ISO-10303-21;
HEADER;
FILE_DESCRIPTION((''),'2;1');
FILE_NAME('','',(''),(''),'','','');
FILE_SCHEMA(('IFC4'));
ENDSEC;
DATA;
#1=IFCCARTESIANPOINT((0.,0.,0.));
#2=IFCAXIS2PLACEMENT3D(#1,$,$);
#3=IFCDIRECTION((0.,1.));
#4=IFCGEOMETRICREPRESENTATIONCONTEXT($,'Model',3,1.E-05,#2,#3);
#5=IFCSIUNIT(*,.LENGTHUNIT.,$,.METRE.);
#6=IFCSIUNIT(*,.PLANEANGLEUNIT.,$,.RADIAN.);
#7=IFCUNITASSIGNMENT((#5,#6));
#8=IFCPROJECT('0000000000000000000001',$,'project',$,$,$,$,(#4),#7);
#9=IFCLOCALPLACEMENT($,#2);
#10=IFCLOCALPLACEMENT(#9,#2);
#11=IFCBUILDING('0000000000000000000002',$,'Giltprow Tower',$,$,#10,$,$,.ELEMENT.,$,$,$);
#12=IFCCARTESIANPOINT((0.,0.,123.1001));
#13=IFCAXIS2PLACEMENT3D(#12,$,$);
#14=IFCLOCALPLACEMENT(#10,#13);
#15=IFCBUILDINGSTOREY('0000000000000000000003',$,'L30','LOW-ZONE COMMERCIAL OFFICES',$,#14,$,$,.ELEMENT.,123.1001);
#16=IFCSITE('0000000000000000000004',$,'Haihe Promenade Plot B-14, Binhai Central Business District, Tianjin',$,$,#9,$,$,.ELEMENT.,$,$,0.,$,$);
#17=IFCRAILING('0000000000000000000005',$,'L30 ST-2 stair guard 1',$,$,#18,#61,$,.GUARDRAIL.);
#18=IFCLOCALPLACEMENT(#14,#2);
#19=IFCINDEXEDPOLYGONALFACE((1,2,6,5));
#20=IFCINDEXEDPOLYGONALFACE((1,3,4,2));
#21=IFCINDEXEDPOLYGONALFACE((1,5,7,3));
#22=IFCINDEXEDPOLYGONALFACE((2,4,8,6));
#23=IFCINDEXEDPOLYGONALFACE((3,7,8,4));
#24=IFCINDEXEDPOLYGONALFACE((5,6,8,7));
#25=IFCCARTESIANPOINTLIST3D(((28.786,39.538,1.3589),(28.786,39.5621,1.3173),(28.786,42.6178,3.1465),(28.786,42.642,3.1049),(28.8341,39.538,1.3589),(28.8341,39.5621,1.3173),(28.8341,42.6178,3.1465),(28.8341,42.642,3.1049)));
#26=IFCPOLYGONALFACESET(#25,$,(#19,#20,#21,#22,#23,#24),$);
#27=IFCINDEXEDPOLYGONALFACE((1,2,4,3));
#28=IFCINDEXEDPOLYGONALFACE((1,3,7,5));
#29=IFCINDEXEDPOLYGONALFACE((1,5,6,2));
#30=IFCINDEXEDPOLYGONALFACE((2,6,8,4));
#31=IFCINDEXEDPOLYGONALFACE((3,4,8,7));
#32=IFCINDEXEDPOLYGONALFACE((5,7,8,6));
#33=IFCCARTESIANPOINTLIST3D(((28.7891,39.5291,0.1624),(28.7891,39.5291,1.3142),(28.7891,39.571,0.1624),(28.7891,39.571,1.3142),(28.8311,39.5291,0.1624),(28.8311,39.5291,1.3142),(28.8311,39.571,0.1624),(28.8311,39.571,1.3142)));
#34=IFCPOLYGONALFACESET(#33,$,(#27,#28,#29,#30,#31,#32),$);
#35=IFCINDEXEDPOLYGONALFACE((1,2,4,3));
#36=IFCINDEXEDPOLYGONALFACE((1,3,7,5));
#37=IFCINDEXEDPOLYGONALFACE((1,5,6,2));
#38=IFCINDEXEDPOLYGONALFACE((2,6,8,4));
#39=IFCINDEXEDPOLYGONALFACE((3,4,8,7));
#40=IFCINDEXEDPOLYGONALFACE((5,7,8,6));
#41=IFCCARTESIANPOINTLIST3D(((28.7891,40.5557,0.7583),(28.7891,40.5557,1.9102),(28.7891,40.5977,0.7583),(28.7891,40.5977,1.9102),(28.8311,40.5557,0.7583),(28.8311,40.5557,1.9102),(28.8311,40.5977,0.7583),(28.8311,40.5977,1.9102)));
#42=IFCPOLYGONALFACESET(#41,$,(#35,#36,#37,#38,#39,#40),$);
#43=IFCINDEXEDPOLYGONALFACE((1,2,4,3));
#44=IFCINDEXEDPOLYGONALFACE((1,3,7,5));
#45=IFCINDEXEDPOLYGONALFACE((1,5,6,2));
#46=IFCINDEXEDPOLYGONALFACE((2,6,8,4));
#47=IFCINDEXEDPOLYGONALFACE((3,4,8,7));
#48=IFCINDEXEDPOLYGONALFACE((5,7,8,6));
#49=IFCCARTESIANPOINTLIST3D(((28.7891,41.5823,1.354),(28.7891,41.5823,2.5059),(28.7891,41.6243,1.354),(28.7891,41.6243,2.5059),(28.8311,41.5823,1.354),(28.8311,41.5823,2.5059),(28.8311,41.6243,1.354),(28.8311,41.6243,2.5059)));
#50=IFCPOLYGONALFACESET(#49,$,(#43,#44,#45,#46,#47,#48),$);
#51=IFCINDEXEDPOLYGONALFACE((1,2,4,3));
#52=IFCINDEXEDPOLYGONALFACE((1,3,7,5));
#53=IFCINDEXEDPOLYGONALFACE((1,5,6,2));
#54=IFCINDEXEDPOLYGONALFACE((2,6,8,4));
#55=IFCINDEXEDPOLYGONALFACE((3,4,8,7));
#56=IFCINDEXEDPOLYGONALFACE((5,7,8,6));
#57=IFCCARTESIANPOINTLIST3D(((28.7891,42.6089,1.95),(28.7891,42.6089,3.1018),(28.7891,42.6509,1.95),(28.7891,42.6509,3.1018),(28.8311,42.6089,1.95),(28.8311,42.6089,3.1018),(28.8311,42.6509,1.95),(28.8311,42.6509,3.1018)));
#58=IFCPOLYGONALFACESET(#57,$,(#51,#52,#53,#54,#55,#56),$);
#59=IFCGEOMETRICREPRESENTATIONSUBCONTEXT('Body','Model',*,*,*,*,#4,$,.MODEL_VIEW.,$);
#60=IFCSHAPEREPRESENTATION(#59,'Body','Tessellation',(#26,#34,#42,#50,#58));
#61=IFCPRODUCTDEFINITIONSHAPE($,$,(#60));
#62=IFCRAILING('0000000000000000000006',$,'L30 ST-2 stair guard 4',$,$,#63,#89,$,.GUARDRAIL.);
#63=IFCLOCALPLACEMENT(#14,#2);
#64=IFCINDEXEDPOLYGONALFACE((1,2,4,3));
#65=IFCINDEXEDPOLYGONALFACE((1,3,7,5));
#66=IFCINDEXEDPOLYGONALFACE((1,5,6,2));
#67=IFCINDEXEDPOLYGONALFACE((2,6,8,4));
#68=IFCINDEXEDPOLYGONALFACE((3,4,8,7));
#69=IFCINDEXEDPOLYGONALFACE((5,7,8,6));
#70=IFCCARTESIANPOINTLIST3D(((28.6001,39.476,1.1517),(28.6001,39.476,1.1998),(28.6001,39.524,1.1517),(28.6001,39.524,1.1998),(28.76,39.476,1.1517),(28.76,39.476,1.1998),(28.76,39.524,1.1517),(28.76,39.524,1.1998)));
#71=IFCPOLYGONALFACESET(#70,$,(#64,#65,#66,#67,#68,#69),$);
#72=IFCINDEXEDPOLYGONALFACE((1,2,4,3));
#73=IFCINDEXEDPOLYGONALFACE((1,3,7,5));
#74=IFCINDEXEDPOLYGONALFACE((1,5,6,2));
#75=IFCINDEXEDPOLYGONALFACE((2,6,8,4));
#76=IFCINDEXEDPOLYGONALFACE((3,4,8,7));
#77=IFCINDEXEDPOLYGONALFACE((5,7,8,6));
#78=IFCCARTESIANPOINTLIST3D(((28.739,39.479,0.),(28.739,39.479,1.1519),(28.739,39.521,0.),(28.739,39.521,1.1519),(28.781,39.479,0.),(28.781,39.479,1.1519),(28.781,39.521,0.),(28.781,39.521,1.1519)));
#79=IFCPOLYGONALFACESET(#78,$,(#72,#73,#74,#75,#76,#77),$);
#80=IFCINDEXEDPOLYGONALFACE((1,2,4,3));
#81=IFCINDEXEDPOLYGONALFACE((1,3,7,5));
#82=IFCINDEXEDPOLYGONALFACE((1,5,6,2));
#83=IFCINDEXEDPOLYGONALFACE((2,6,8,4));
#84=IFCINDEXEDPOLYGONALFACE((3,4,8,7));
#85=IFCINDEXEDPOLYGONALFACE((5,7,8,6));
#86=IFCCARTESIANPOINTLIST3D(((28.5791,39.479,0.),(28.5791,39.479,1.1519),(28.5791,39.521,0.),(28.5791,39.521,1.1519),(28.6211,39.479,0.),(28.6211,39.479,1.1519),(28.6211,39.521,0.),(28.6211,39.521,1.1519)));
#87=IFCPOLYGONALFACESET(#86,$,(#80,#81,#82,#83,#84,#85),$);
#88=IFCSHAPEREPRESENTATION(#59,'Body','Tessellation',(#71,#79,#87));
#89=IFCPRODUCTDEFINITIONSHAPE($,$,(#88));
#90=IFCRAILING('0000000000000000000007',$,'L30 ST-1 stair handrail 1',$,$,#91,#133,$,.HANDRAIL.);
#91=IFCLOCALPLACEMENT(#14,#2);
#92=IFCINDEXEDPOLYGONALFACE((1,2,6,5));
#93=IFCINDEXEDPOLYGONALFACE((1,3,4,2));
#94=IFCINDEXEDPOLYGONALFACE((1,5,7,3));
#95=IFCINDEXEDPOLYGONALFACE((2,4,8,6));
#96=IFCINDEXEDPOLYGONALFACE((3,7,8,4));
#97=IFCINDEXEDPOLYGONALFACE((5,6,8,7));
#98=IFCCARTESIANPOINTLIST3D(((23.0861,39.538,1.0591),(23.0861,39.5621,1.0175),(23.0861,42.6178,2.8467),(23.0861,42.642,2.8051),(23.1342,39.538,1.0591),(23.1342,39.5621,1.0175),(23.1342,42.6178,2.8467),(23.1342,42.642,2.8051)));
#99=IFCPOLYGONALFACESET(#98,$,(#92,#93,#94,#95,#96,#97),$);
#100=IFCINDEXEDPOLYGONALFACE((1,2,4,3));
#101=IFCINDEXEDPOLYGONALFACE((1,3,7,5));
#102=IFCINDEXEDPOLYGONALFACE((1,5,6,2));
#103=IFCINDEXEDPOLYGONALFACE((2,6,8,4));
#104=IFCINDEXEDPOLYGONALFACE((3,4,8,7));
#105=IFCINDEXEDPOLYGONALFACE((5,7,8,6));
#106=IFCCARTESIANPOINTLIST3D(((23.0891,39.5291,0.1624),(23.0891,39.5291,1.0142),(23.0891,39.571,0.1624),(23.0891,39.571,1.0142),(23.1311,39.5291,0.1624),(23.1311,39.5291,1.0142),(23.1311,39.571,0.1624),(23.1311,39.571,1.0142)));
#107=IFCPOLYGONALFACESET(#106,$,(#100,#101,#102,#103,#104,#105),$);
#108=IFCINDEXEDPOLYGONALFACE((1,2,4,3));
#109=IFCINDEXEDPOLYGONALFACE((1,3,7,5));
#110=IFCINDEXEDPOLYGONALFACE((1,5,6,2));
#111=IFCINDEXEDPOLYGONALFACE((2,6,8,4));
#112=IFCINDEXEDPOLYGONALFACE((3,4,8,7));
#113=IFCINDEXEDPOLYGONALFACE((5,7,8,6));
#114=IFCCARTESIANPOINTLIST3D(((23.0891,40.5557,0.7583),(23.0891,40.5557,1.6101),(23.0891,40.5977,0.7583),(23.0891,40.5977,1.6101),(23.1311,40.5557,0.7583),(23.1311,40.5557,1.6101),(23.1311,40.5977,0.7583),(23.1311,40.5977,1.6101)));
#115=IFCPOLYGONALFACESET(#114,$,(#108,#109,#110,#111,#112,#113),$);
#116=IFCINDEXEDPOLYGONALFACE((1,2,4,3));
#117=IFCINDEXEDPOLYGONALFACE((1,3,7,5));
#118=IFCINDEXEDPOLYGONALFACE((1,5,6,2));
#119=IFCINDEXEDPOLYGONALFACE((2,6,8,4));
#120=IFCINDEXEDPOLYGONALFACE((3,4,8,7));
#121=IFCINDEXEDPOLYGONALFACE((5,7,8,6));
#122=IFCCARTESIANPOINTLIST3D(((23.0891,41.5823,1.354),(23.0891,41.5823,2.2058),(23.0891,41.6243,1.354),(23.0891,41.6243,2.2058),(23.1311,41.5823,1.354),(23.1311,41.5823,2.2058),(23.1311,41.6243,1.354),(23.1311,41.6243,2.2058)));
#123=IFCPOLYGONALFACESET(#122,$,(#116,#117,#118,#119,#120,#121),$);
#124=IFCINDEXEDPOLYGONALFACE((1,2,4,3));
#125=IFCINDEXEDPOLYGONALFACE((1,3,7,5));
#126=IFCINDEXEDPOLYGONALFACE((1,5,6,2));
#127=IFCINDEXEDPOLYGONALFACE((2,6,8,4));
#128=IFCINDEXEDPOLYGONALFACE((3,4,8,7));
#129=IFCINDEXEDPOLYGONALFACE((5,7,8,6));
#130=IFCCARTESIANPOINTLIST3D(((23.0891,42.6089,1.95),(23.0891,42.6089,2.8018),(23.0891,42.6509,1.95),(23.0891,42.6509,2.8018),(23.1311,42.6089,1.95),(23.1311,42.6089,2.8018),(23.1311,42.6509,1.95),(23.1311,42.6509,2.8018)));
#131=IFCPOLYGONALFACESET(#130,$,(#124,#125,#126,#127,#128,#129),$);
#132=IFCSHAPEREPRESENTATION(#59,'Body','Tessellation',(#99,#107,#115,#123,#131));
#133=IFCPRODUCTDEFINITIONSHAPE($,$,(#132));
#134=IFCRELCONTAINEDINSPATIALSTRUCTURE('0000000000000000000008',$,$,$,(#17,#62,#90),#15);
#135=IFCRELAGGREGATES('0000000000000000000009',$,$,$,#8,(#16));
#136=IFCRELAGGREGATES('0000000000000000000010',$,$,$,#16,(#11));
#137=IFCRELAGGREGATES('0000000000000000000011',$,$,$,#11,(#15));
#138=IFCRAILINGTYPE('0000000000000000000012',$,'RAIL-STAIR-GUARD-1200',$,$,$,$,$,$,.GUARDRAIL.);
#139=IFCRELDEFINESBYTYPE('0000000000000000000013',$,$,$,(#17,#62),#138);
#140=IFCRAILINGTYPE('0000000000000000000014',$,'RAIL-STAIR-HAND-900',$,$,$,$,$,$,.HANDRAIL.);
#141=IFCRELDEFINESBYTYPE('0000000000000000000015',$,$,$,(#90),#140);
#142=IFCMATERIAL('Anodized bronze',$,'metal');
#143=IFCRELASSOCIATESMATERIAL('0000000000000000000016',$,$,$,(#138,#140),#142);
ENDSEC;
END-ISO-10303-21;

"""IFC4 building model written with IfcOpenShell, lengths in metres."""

from ifc_helpers import new_model, si_unit, direction, frame, origin, origin_2d, place, context, subcontext, project, spatial, rectangle, extrude, material, type_object, element, save


model = new_model("IFC4")

# Units and contexts
model_context = context("Model", 3, precision=1e-05, world=origin(), true_north=direction((0.0, 1.0)))
body_context = subcontext(model_context, "Body", "Model", "MODEL_VIEW")
ifc_project = project(units=[si_unit("LENGTHUNIT", "METRE"), si_unit("PLANEANGLEUNIT", "RADIAN")], contexts=[model_context])

# Site, building, storey
site_placement = place(None, origin())
site = spatial("IfcSite", under=ifc_project, at=site_placement, Name="Haihe Promenade Plot B-14, Binhai Central Business District, Tianjin", CompositionType="ELEMENT", RefElevation=0.0)
building_placement = place(site_placement, origin())
building = spatial("IfcBuilding", under=site, at=building_placement, Name="Giltprow Tower", CompositionType="ELEMENT")
storey_placement = place(building_placement, frame((0.0, 0.0, 123.1001)))
storey = spatial("IfcBuildingStorey", under=building, at=storey_placement, Name="L30", Description="LOW-ZONE COMMERCIAL OFFICES", CompositionType="ELEMENT", Elevation=123.1001)

# Railings
ifc_material_1 = material(Name="Anodized bronze", Category="metal")
railing_type_1 = type_object("IfcRailingType", Name="RAIL-STAIR-GUARD-1200", PredefinedType="GUARDRAIL", material=ifc_material_1)
railing_1_placement = place(storey_placement, frame((28.8101, 39.55, 0.1624)))
element("IfcRailing", 1, at=railing_1_placement, inside=storey, type_object=railing_type_1, Name="L30 ST-2 stair guard 1", PredefinedType="GUARDRAIL", context=body_context, shape_type="SweptSolid", body=[
    extrude(rectangle(XDim=0.0481, YDim=0.0481, at=origin_2d()), frame((0.0, 0.0, 1.1758), z_axis=(0.0, 0.864873, 0.50199), x_axis=(-1.0, 0.0, 0.0)), (0.0, 0.0, 1.0), 3.561),
    extrude(rectangle(XDim=0.042, YDim=0.042, at=origin_2d()), origin(), (0.0, 0.0, 1.0), 1.1519),
    extrude(rectangle(XDim=0.042, YDim=0.042, at=origin_2d()), frame((0.0, 1.0266, 0.5959)), (0.0, 0.0, 1.0), 1.1519),
    extrude(rectangle(XDim=0.042, YDim=0.042, at=origin_2d()), frame((0.0, 2.0532, 1.1917)), (0.0, 0.0, 1.0), 1.1519),
    extrude(rectangle(XDim=0.042, YDim=0.042, at=origin_2d()), frame((0.0, 3.0798, 1.7876)), (0.0, 0.0, 1.0), 1.1519),
])
railing_2_placement = place(storey_placement, frame((28.76, 39.5, 0.0)))
element("IfcRailing", 2, at=railing_2_placement, inside=storey, type_object=railing_type_1, Name="L30 ST-2 stair guard 4", PredefinedType="GUARDRAIL", context=body_context, shape_type="SweptSolid", body=[
    extrude(rectangle(XDim=0.0481, YDim=0.0481, at=origin_2d()), frame((0.0, 0.0, 1.1758), z_axis=(-1.0, 0.0, 0.0), x_axis=(0.0, -1.0, 0.0)), (0.0, 0.0, 1.0), 0.1599),
    extrude(rectangle(XDim=0.042, YDim=0.042, at=origin_2d()), origin(), (0.0, 0.0, 1.0), 1.1519),
    extrude(rectangle(XDim=0.042, YDim=0.042, at=origin_2d()), frame((-0.1599, 0.0, 0.0)), (0.0, 0.0, 1.0), 1.1519),
])
railing_type_2 = type_object("IfcRailingType", Name="RAIL-STAIR-HAND-900", PredefinedType="HANDRAIL", material=ifc_material_1)
railing_3_placement = place(storey_placement, frame((23.1101, 39.55, 0.1624)))
element("IfcRailing", 3, at=railing_3_placement, inside=storey, type_object=railing_type_2, Name="L30 ST-1 stair handrail 1", PredefinedType="HANDRAIL", context=body_context, shape_type="SweptSolid", body=[
    extrude(rectangle(XDim=0.0481, YDim=0.0481, at=origin_2d()), frame((0.0, 0.0, 0.876), z_axis=(0.0, 0.864873, 0.50199), x_axis=(-1.0, 0.0, 0.0)), (0.0, 0.0, 1.0), 3.561),
    extrude(rectangle(XDim=0.042, YDim=0.042, at=origin_2d()), origin(), (0.0, 0.0, 1.0), 0.8518),
    extrude(rectangle(XDim=0.042, YDim=0.042, at=origin_2d()), frame((0.0, 1.0266, 0.5959)), (0.0, 0.0, 1.0), 0.8518),
    extrude(rectangle(XDim=0.042, YDim=0.042, at=origin_2d()), frame((0.0, 2.0532, 1.1917)), (0.0, 0.0, 1.0), 0.8518),
    extrude(rectangle(XDim=0.042, YDim=0.042, at=origin_2d()), frame((0.0, 3.0798, 1.7876)), (0.0, 0.0, 1.0), 0.8518),
])

save(model, "model.ifc")
